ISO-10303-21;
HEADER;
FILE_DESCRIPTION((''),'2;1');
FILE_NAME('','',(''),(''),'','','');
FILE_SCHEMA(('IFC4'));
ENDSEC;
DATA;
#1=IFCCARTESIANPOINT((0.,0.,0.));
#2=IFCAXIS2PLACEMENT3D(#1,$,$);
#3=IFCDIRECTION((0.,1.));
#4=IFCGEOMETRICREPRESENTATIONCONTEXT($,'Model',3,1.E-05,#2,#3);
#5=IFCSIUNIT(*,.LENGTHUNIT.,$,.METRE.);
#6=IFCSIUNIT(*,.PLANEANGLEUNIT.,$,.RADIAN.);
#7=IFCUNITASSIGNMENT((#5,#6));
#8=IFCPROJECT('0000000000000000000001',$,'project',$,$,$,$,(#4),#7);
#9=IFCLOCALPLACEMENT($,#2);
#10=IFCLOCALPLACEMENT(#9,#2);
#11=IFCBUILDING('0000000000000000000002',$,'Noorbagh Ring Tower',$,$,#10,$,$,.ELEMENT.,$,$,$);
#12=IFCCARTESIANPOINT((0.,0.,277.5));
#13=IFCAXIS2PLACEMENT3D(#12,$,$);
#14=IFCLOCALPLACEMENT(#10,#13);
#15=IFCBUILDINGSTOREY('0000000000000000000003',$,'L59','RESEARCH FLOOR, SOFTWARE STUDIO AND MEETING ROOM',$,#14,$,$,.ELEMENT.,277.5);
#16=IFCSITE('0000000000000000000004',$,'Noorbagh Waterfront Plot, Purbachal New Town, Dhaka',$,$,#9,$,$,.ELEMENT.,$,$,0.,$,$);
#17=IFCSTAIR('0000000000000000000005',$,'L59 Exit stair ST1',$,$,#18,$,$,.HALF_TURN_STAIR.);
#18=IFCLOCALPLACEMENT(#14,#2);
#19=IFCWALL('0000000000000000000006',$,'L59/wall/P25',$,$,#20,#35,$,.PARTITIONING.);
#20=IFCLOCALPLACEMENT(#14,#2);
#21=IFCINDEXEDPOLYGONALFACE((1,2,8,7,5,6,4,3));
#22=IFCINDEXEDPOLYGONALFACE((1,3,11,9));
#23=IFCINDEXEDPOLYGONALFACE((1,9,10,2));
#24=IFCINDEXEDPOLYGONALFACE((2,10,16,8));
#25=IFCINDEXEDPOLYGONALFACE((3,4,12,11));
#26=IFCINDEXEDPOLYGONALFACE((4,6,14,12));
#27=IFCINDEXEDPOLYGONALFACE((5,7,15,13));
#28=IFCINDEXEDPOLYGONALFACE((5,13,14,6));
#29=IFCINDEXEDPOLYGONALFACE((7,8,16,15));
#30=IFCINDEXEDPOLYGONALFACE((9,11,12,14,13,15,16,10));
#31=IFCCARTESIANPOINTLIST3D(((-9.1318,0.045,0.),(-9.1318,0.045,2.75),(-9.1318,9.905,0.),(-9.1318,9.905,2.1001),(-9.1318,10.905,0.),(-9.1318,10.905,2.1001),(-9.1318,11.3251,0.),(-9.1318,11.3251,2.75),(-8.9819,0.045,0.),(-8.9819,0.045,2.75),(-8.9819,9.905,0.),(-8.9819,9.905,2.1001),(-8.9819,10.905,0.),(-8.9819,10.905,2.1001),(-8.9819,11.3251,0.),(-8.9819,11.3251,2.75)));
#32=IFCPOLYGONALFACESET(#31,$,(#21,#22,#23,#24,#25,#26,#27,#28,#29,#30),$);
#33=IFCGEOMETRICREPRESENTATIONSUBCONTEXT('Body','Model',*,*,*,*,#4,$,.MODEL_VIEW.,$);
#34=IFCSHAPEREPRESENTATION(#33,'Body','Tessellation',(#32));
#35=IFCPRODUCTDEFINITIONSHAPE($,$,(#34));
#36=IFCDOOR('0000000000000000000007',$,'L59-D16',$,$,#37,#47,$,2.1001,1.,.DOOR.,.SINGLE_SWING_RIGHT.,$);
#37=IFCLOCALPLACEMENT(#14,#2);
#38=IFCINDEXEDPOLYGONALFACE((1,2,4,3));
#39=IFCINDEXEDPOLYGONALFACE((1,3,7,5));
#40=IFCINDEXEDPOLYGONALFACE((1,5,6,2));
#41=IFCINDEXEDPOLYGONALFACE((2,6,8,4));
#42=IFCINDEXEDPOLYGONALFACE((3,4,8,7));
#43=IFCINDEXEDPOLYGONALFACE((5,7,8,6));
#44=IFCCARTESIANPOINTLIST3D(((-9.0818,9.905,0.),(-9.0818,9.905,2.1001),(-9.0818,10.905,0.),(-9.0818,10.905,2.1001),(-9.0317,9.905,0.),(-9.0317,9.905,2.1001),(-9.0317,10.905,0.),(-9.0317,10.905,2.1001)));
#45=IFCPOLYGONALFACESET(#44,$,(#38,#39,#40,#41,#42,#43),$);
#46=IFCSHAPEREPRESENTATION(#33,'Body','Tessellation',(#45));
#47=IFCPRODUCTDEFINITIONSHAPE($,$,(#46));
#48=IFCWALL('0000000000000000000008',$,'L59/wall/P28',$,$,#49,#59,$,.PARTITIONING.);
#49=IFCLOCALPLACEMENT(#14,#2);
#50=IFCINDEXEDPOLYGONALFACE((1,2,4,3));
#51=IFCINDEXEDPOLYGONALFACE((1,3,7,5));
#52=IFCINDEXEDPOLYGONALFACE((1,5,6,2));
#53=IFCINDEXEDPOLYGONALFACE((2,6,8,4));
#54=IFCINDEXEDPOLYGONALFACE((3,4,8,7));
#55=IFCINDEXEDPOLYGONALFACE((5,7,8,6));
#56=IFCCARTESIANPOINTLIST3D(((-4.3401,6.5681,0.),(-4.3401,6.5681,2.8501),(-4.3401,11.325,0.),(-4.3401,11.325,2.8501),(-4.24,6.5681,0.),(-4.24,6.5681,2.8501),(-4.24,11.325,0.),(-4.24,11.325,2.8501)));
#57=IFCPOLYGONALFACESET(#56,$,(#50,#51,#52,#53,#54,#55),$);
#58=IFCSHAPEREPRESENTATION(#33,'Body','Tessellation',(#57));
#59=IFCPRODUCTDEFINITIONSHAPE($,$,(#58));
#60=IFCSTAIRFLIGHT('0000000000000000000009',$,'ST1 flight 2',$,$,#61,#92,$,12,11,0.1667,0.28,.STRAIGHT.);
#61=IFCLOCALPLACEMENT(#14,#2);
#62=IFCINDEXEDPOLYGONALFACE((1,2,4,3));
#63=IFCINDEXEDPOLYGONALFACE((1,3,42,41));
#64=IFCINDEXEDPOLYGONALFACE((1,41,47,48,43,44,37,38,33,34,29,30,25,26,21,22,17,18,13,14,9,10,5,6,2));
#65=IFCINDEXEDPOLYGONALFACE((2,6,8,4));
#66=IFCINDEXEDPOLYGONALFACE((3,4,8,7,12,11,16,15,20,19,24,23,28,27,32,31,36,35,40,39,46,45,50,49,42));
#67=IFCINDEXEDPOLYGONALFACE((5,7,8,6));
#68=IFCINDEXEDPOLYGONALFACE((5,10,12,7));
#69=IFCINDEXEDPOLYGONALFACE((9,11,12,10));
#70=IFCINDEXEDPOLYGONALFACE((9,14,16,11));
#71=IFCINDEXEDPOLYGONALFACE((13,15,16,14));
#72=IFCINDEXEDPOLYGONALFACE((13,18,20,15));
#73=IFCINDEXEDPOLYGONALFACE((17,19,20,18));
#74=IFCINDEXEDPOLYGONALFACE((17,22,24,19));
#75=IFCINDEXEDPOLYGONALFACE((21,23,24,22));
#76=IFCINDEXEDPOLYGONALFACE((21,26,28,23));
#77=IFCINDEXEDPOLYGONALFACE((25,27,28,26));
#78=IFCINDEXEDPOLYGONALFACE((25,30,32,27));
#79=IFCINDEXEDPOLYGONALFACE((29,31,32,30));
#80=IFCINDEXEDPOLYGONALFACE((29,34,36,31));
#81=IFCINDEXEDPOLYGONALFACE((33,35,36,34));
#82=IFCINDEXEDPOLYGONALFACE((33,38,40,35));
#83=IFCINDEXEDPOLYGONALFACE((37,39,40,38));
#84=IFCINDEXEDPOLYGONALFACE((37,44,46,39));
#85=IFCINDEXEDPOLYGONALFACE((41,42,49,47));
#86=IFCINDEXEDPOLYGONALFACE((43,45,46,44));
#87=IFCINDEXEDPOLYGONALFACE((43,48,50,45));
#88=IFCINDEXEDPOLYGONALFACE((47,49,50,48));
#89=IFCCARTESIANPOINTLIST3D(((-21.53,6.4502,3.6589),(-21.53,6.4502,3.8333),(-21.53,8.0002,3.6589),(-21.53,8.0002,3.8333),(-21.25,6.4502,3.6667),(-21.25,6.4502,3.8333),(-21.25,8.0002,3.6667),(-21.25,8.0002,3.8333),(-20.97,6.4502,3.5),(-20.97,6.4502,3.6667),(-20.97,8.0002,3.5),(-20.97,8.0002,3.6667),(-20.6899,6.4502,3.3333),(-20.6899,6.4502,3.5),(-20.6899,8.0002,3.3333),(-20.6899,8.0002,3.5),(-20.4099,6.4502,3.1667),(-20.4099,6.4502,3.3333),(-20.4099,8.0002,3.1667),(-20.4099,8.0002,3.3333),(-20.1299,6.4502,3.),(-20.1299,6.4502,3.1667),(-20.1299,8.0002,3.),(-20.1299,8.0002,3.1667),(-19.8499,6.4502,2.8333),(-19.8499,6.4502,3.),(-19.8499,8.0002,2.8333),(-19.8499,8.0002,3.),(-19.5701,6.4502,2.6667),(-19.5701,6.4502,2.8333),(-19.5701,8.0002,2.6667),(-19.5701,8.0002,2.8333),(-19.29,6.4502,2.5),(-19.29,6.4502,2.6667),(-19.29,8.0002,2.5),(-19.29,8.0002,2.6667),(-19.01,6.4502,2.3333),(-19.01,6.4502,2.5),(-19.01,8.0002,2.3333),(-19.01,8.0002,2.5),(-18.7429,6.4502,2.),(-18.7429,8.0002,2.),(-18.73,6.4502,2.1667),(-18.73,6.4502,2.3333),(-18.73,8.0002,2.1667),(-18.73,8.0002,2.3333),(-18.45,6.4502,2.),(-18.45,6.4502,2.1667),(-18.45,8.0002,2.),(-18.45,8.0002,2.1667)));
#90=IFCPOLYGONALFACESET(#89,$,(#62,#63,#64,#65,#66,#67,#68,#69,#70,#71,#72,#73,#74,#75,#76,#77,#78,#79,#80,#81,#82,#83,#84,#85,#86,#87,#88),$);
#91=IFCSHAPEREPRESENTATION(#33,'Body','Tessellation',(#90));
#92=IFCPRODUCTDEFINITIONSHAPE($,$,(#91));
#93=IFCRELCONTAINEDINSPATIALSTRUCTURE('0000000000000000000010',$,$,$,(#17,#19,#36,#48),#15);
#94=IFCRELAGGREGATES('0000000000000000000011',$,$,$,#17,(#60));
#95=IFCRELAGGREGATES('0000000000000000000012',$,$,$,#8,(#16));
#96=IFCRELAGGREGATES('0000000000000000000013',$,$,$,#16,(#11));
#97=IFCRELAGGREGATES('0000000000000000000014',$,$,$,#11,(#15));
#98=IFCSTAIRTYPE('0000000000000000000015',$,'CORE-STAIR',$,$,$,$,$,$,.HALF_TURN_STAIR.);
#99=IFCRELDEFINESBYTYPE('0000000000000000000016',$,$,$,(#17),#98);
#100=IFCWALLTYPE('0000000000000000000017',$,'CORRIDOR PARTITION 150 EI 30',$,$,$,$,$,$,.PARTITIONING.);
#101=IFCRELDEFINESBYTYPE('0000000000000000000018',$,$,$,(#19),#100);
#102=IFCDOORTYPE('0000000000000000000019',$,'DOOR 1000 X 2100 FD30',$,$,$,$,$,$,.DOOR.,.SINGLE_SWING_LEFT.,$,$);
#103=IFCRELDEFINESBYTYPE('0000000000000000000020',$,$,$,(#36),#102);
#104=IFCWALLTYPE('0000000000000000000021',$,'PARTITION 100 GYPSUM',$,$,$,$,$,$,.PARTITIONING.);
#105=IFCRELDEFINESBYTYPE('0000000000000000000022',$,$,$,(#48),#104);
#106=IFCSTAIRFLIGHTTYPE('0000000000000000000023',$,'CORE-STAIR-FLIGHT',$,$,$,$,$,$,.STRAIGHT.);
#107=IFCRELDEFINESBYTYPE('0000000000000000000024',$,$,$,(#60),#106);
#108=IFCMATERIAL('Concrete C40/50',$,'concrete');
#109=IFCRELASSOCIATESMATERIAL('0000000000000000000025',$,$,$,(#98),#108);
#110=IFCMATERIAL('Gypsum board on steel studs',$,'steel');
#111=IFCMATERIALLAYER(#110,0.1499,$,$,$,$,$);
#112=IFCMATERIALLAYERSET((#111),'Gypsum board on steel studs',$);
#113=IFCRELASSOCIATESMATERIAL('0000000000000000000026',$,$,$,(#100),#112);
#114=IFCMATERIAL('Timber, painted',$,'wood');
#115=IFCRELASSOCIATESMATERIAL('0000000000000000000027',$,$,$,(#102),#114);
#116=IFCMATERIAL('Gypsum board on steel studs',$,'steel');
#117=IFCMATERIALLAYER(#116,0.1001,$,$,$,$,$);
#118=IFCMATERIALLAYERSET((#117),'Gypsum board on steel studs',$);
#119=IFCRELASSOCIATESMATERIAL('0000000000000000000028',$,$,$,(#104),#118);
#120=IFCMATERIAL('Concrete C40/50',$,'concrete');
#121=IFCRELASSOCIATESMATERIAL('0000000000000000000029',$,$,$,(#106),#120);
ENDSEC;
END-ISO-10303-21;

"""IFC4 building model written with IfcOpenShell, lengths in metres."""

from ifc_helpers import new_model, si_unit, direction, frame, frame_2d, origin, place, context, subcontext, project, spatial, polyline, rectangle, outline, extrude, material, layer, layer_set, type_object, element, fill, aggregate, save


model = new_model("IFC4")

# Units and contexts
model_context = context("Model", 3, precision=1e-05, world=origin(), true_north=direction((0.0, 1.0)))
body_context = subcontext(model_context, "Body", "Model", "MODEL_VIEW")
ifc_project = project(units=[si_unit("LENGTHUNIT", "METRE"), si_unit("PLANEANGLEUNIT", "RADIAN")], contexts=[model_context])

# Site, building, storey
site_placement = place(None, origin())
site = spatial("IfcSite", under=ifc_project, at=site_placement, Name="Noorbagh Waterfront Plot, Purbachal New Town, Dhaka", CompositionType="ELEMENT", RefElevation=0.0)
building_placement = place(site_placement, origin())
building = spatial("IfcBuilding", under=site, at=building_placement, Name="Noorbagh Ring Tower", CompositionType="ELEMENT")
storey_placement = place(building_placement, frame((0.0, 0.0, 277.5)))
storey = spatial("IfcBuildingStorey", under=building, at=storey_placement, Name="L59", Description="RESEARCH FLOOR, SOFTWARE STUDIO AND MEETING ROOM", CompositionType="ELEMENT", Elevation=277.5)

# Stair
ifc_material_1 = material(Name="Concrete C40/50", Category="concrete")
stair_type = type_object("IfcStairType", Name="CORE-STAIR", PredefinedType="HALF_TURN_STAIR", material=ifc_material_1)
stair_placement = place(storey_placement, origin())
stair = element("IfcStair", 1, at=stair_placement, inside=storey, type_object=stair_type, Name="L59 Exit stair ST1", PredefinedType="HALF_TURN_STAIR")

# Wall, opening, door
ifc_material_2 = material(Name="Gypsum board on steel studs", Category="steel")
ifc_layer_1 = layer(ifc_material_2, 0.1499)
ifc_layer_set_1 = layer_set([ifc_layer_1], Name="Gypsum board on steel studs")
wall_type_1 = type_object("IfcWallType", Name="CORRIDOR PARTITION 150 EI 30", PredefinedType="PARTITIONING", material=ifc_layer_set_1)
wall_1_placement = place(storey_placement, frame((-9.0569, 0.0449, 0.0), z_axis=(0.0, 0.0, 1.0), x_axis=(0.0, 1.0, 0.0)))
wall_1 = element("IfcWall", 2, at=wall_1_placement, inside=storey, type_object=wall_type_1, Name="L59/wall/P25", PredefinedType="PARTITIONING", context=body_context, shape_type="SweptSolid", body=[
    extrude(rectangle(XDim=11.28, YDim=0.1499, at=frame_2d((5.6401, 0.0))), origin(), (0.0, 0.0, 1.0), 2.75),
])
opening_1_placement = place(wall_1_placement, frame((9.8601, 0.0, 0.0)))
opening_1 = element("IfcOpeningElement", 3, at=opening_1_placement, cuts=wall_1, PredefinedType="OPENING", context=body_context, shape_type="SweptSolid", body=[
    extrude(rectangle(XDim=1.0, YDim=2.1001, at=frame_2d((0.5, 1.05))), frame((0.0, 0.085, 0.0), z_axis=(0.0, -1.0, 0.0), x_axis=(1.0, 0.0, 0.0)), (0.0, 0.0, 1.0), 0.1699),
])
ifc_material_3 = material(Name="Timber, painted", Category="wood")
door_type_1 = type_object("IfcDoorType", Name="DOOR 1000 X 2100 FD30", OperationType="SINGLE_SWING_LEFT", PredefinedType="DOOR", material=ifc_material_3)
door_1_placement = place(opening_1_placement, origin())
door_1 = element("IfcDoor", 4, at=door_1_placement, inside=storey, type_object=door_type_1, Name="L59-D16", OperationType="SINGLE_SWING_RIGHT", OverallHeight=2.1001, OverallWidth=1.0, PredefinedType="DOOR", context=body_context, shape_type="SweptSolid", body=[
    extrude(rectangle(XDim=1.0, YDim=2.1001, at=frame_2d((0.5, 1.05))), frame((0.0, 0.0249, 0.0), z_axis=(0.0, -1.0, 0.0), x_axis=(1.0, 0.0, 0.0)), (0.0, 0.0, 1.0), 0.05),
])
fill(opening_1, door_1)

# Wall
ifc_material_4 = material(Name="Gypsum board on steel studs", Category="steel")
ifc_layer_2 = layer(ifc_material_4, 0.1001)
ifc_layer_set_2 = layer_set([ifc_layer_2], Name="Gypsum board on steel studs")
wall_type_2 = type_object("IfcWallType", Name="PARTITION 100 GYPSUM", PredefinedType="PARTITIONING", material=ifc_layer_set_2)
wall_2_placement = place(storey_placement, frame((-4.29, 6.5681, 0.0), z_axis=(0.0, 0.0, 1.0), x_axis=(0.0, 1.0, 0.0)))
element("IfcWall", 5, at=wall_2_placement, inside=storey, type_object=wall_type_2, Name="L59/wall/P28", PredefinedType="PARTITIONING", context=body_context, shape_type="SweptSolid", body=[
    extrude(rectangle(XDim=4.7568, YDim=0.1001, at=frame_2d((2.3784, 0.0))), origin(), (0.0, 0.0, 1.0), 2.8501),
])

# Stair flight
ifc_material_5 = material(Name="Concrete C40/50", Category="concrete")
stair_flight_type = type_object("IfcStairFlightType", Name="CORE-STAIR-FLIGHT", PredefinedType="STRAIGHT", material=ifc_material_5)
stair_flight_placement = place(storey_placement, frame((-18.45, 7.2251, 2.0), z_axis=(0.0, 0.0, 1.0), x_axis=(-1.0, 0.0, 0.0)))
stair_flight = element("IfcStairFlight", 6, at=stair_flight_placement, type_object=stair_flight_type, Name="ST1 flight 2", NumberOfRisers=12, NumberOfTreads=11, PredefinedType="STRAIGHT", RiserHeight=0.1667, TreadLength=0.28, context=body_context, shape_type="SweptSolid", body=[
    extrude(outline(polyline([(0.0, 0.0), (0.0, 0.1667), (0.28, 0.1667), (0.28, 0.3333), (0.5601, 0.3333), (0.5601, 0.5), (0.8401, 0.5), (0.8401, 0.6667), (1.1201, 0.6667), (1.1201, 0.8333), (1.3999, 0.8333), (1.3999, 1.0), (1.6799, 1.0), (1.6799, 1.1667), (1.96, 1.1667), (1.96, 1.3333), (2.24, 1.3333), (2.24, 1.5), (2.52, 1.5), (2.52, 1.6667), (2.8, 1.6667), (2.8, 1.8333), (3.0801, 1.8333), (3.0801, 2.0), (3.0801, 1.6589), (0.293, 0.0), (0.0, 0.0)])), frame((0.0, 0.7749, 0.0), z_axis=(0.0, -1.0, 0.0), x_axis=(1.0, 0.0, 0.0)), (0.0, 0.0, 1.0), 1.55),
])
aggregate(stair, [stair_flight])

save(model, "model.ifc")
